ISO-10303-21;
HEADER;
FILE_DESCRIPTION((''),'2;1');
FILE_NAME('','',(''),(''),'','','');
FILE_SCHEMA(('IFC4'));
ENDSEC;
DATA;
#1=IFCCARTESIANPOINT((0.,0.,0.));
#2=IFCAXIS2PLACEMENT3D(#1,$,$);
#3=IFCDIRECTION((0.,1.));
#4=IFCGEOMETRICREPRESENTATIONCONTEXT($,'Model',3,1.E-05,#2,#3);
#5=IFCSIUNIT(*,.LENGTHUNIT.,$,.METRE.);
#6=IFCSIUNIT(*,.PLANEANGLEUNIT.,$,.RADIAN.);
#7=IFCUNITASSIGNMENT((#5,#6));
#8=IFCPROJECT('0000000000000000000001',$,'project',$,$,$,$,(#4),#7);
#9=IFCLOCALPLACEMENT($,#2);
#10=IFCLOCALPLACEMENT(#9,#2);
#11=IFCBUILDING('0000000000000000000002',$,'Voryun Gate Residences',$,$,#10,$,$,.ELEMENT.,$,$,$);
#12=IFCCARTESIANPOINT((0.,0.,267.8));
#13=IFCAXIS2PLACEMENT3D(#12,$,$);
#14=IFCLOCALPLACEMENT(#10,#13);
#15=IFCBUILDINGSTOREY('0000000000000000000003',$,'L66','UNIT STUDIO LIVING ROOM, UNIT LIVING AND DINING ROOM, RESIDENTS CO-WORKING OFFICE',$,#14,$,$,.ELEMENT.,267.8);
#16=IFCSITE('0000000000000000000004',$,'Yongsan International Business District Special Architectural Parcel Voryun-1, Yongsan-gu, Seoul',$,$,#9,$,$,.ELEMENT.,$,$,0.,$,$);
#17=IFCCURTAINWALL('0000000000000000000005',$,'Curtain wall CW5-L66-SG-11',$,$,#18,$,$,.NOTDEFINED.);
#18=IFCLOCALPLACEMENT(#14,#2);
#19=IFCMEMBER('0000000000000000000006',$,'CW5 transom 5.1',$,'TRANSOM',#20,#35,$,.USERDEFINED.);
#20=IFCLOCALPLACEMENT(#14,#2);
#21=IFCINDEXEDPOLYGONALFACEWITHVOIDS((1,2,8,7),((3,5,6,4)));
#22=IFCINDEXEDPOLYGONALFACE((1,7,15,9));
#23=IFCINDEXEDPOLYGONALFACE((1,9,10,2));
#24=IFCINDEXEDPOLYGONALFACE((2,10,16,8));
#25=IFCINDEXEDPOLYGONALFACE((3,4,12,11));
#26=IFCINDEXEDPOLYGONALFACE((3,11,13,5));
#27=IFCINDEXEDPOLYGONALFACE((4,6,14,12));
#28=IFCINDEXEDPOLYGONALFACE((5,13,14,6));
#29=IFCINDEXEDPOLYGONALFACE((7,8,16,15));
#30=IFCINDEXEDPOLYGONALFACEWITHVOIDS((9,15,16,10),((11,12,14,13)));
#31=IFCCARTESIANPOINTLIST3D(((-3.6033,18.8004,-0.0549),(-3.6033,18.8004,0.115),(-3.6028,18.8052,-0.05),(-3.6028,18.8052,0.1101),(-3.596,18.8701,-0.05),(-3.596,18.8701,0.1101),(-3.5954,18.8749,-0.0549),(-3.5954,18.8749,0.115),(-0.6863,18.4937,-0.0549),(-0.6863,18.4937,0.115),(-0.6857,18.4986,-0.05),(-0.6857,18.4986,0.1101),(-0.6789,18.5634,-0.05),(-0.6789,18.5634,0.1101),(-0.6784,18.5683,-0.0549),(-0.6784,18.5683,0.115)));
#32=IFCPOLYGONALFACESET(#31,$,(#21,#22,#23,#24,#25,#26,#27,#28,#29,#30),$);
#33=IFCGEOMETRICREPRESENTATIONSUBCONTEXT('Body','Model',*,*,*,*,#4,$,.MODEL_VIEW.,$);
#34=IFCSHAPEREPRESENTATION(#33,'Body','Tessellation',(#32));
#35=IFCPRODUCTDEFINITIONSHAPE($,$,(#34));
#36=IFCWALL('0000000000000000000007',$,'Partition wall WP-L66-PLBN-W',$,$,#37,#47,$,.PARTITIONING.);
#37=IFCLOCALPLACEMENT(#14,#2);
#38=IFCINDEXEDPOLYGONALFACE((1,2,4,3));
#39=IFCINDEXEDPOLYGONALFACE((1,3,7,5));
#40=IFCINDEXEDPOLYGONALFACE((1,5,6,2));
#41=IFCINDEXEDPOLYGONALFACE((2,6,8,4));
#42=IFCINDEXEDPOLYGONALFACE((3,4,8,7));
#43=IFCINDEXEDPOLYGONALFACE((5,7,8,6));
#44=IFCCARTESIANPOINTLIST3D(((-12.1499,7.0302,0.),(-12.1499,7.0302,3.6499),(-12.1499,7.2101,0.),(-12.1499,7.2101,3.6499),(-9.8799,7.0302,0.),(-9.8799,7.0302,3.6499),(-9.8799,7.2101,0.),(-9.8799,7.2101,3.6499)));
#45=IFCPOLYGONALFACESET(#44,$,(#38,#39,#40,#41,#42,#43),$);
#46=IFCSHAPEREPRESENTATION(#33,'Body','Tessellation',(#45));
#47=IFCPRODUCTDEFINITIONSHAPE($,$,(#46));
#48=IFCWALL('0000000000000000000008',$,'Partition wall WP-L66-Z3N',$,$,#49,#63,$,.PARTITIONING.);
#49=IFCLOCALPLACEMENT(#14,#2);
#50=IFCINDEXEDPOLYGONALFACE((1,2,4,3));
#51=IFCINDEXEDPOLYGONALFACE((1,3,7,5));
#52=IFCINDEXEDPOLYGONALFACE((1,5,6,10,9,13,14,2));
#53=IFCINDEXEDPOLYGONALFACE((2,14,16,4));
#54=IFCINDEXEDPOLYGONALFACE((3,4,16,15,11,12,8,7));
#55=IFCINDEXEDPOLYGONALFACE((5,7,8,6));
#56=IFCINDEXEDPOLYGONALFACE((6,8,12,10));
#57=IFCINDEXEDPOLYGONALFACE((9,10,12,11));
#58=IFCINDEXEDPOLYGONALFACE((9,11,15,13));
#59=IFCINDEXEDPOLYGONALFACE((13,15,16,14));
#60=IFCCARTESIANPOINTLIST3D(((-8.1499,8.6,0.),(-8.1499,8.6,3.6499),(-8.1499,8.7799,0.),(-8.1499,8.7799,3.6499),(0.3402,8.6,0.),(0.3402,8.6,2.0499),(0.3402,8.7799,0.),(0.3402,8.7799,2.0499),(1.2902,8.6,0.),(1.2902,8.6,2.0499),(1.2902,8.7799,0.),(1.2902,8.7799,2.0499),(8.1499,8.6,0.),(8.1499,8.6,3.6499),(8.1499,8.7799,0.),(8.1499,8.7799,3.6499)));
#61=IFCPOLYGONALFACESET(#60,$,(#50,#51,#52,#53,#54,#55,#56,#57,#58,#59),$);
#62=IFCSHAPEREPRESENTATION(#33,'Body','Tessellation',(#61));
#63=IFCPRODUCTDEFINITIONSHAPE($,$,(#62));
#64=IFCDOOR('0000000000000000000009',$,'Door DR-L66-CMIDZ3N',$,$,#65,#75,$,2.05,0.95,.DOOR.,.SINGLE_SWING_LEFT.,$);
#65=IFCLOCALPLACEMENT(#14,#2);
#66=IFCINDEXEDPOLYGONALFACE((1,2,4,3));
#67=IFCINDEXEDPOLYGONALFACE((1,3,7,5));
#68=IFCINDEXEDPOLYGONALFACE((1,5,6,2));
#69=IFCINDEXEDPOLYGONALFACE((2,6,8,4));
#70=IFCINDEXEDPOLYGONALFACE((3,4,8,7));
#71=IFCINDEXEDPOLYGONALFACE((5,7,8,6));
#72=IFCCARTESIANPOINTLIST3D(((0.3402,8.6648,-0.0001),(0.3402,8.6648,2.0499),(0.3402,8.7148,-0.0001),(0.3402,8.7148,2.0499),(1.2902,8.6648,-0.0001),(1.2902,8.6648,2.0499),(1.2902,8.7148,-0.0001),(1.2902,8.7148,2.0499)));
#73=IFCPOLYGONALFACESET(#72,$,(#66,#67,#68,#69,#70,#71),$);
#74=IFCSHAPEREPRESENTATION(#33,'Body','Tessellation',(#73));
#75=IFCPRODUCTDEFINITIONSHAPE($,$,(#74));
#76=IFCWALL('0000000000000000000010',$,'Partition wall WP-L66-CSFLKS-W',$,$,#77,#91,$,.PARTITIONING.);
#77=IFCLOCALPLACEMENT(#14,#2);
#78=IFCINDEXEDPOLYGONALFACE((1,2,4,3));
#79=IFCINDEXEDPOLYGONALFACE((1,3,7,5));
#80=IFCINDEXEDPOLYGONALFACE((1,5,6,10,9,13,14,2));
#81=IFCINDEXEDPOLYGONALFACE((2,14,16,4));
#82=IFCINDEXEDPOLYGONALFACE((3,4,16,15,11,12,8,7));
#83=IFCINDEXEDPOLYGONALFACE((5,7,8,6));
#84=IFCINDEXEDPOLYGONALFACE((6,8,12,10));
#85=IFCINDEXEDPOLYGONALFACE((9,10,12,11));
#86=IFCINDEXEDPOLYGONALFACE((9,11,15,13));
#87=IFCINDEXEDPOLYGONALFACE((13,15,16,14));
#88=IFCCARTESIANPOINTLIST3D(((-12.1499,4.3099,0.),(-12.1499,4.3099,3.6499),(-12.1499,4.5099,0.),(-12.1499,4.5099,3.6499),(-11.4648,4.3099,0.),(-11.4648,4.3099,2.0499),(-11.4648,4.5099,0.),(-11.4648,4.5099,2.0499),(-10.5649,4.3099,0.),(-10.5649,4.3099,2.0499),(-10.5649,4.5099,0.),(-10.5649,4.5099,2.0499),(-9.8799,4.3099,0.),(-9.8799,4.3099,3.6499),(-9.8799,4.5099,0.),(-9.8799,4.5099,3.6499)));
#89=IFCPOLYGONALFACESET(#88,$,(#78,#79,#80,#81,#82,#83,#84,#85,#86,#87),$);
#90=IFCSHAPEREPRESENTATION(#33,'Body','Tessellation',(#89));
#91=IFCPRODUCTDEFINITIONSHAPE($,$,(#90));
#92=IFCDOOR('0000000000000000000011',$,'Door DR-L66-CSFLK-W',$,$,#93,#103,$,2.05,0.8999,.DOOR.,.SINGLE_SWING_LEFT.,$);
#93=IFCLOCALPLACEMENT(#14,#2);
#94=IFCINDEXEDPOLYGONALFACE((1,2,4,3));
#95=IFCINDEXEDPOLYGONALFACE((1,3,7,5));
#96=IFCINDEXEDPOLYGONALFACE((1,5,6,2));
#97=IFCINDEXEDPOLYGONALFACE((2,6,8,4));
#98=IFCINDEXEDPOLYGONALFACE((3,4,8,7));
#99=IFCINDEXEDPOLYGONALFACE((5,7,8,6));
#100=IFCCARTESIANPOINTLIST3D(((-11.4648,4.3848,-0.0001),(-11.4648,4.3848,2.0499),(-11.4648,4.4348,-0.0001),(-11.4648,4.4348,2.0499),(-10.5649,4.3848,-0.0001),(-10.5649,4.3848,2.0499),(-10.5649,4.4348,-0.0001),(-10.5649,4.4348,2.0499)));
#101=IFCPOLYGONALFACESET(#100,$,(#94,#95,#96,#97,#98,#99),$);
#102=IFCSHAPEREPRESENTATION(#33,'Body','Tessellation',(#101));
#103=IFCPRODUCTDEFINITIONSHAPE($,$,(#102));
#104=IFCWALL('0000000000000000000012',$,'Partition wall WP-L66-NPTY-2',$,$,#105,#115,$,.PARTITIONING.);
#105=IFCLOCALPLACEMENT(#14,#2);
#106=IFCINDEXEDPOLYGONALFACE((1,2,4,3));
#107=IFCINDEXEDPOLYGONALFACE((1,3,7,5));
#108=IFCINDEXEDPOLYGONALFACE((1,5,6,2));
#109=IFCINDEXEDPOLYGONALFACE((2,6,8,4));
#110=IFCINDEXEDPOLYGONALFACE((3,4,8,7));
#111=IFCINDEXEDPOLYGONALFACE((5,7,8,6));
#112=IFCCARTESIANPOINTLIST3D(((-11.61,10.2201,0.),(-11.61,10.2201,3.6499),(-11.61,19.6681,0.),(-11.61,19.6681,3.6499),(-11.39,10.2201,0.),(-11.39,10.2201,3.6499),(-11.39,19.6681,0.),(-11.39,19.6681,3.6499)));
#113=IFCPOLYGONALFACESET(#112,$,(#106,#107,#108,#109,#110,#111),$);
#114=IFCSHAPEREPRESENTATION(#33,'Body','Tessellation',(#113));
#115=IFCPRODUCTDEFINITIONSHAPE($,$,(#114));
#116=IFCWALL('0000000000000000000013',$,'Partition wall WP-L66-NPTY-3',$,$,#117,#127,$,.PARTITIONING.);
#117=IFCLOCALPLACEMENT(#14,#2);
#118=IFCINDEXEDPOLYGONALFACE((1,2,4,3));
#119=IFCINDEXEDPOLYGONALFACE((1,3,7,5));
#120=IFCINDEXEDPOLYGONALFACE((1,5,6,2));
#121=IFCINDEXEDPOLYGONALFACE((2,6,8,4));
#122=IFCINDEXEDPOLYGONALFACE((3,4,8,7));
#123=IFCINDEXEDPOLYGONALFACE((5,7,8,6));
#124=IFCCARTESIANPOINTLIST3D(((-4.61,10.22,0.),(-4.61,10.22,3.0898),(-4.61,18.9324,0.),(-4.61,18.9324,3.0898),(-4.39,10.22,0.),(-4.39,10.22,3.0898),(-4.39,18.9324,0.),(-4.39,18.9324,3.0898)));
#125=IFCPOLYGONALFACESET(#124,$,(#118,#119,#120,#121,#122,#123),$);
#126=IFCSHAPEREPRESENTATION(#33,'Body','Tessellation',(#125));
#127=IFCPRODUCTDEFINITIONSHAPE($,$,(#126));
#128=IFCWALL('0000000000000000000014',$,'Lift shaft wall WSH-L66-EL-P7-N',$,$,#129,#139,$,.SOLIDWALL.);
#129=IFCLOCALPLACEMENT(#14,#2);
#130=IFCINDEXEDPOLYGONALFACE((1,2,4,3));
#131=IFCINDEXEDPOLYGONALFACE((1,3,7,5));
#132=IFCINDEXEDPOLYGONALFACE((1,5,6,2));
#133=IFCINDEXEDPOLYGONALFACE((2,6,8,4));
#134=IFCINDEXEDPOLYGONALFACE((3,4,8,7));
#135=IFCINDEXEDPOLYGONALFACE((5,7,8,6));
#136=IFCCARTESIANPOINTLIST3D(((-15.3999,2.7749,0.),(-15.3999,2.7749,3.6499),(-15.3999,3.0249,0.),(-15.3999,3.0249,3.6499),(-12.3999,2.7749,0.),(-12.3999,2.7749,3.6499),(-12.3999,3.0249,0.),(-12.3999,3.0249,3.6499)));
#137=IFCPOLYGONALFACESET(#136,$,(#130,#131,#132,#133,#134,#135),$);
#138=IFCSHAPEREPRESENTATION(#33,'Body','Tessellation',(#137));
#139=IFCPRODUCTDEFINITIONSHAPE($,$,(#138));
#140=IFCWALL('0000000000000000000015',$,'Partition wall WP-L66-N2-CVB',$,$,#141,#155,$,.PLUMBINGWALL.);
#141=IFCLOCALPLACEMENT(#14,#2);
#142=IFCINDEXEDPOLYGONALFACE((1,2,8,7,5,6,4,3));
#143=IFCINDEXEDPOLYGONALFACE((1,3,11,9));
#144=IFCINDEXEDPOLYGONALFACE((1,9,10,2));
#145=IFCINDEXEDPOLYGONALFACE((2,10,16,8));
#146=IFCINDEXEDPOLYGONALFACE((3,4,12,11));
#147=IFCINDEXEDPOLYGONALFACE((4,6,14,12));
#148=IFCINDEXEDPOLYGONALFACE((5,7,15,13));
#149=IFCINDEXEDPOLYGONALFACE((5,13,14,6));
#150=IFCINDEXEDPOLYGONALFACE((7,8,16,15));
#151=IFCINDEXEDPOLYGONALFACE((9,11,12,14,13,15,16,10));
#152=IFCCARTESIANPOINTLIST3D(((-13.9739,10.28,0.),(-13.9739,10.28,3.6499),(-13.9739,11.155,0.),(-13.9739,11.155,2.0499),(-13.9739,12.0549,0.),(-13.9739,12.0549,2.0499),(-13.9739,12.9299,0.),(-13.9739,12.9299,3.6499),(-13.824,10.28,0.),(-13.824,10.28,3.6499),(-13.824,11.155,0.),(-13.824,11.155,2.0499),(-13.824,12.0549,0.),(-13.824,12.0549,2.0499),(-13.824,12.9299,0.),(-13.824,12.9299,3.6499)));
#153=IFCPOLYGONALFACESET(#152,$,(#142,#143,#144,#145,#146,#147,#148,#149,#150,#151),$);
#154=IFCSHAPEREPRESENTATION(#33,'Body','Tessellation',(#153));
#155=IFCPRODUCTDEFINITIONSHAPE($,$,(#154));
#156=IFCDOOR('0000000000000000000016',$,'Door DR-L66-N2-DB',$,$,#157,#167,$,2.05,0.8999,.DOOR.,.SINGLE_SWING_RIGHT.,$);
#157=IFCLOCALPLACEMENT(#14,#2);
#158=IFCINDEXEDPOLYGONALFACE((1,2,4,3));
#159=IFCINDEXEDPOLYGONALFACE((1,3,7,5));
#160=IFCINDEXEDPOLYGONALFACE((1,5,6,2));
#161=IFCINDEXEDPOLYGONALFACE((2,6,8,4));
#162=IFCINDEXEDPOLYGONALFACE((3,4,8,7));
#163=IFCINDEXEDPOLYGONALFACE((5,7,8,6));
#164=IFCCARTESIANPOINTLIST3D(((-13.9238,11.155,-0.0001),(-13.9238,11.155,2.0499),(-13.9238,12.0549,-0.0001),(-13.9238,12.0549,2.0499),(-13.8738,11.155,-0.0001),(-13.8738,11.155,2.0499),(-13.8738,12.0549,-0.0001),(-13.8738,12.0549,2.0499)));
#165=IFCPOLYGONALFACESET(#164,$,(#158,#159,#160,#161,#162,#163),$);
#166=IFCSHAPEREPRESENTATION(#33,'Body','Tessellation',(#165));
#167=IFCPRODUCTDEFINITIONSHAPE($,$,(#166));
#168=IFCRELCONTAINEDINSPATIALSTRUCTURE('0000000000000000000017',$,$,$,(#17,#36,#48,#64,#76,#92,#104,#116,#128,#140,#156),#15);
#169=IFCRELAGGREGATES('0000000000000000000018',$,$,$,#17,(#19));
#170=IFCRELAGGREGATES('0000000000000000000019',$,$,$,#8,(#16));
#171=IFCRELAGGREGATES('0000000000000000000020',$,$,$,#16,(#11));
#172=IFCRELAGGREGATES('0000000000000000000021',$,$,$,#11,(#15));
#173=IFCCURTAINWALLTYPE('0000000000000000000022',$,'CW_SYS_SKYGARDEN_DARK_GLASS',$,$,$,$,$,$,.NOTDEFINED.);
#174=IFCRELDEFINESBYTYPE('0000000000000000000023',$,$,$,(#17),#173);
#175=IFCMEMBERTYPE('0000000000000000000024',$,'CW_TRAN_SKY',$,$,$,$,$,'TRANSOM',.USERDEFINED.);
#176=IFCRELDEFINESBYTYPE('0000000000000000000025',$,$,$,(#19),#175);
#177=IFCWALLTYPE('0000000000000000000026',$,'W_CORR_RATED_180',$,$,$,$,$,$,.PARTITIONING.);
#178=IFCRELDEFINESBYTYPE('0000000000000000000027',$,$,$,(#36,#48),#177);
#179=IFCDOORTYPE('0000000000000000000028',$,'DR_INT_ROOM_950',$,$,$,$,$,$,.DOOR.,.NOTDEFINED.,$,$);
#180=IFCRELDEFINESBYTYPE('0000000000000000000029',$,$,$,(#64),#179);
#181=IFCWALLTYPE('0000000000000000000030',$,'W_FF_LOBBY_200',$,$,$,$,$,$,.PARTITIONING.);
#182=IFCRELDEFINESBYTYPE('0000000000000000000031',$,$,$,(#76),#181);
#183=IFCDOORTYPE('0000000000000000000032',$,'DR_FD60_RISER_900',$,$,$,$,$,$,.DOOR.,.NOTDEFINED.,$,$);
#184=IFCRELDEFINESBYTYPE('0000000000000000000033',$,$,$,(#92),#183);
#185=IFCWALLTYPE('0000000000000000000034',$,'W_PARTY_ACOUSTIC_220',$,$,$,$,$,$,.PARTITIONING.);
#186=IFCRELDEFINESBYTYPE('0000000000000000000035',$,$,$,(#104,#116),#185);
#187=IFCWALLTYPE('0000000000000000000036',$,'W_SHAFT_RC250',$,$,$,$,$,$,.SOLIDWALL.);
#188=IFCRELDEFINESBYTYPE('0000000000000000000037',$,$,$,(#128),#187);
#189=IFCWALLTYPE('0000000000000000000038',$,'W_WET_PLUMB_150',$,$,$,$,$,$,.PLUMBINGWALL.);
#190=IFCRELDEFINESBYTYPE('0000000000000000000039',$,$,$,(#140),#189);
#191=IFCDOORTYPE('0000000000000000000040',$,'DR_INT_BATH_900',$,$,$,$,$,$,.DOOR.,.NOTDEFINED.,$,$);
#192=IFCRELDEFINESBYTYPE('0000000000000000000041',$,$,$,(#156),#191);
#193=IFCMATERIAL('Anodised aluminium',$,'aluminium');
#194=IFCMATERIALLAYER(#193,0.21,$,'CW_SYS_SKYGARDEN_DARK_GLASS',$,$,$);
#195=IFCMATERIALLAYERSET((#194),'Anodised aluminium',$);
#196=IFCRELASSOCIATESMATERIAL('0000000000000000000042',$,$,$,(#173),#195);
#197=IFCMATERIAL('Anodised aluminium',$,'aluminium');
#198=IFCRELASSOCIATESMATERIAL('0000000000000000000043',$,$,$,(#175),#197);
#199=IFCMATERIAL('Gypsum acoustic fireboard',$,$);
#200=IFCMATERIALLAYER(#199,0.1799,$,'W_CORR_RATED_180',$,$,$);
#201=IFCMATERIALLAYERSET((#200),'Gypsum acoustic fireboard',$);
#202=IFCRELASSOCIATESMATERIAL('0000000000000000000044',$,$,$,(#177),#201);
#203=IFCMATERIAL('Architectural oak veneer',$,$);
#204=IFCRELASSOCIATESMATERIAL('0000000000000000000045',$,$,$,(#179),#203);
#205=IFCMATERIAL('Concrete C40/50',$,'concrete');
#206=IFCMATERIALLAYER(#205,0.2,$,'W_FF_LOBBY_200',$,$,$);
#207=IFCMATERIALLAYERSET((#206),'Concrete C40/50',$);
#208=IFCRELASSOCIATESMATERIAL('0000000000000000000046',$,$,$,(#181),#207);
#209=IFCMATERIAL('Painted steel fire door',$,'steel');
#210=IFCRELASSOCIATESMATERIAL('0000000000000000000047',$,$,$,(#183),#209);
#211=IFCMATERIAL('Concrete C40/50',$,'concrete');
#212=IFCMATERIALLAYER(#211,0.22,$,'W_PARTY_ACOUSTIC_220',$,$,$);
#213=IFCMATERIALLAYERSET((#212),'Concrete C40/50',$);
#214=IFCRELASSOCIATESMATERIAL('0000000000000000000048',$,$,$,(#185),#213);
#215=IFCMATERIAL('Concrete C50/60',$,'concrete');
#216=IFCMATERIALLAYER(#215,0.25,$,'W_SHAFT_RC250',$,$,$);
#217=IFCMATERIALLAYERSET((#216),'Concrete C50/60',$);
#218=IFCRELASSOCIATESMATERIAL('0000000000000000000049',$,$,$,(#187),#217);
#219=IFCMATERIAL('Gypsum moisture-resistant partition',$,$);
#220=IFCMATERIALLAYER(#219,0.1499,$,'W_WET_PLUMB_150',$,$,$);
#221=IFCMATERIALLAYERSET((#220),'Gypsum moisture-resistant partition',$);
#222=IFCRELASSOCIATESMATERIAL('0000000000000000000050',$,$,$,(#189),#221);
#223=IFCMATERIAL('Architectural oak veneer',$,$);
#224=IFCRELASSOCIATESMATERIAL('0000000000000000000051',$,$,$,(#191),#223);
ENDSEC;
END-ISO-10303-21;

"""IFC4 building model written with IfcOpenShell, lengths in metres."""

from ifc_helpers import new_model, si_unit, direction, frame, frame_2d, origin, origin_2d, place, context, subcontext, project, spatial, rectangle, hollow_rectangle, extrude, material, layer, layer_set, material_profile, profile_set, type_object, element, fill, aggregate, save


model = new_model("IFC4")

# Units and contexts
model_context = context("Model", 3, precision=1e-05, world=origin(), true_north=direction((0.0, 1.0)))
body_context = subcontext(model_context, "Body", "Model", "MODEL_VIEW")
ifc_project = project(units=[si_unit("LENGTHUNIT", "METRE"), si_unit("PLANEANGLEUNIT", "RADIAN")], contexts=[model_context])

# Site, building, storey
site_placement = place(None, origin())
site = spatial("IfcSite", under=ifc_project, at=site_placement, Name="Yongsan International Business District Special Architectural Parcel Voryun-1, Yongsan-gu, Seoul", CompositionType="ELEMENT", RefElevation=0.0)
building_placement = place(site_placement, origin())
building = spatial("IfcBuilding", under=site, at=building_placement, Name="Voryun Gate Residences", CompositionType="ELEMENT")
storey_placement = place(building_placement, frame((0.0, 0.0, 267.8)))
storey = spatial("IfcBuildingStorey", under=building, at=storey_placement, Name="L66", Description="UNIT STUDIO LIVING ROOM, UNIT LIVING AND DINING ROOM, RESIDENTS CO-WORKING OFFICE", CompositionType="ELEMENT", Elevation=267.8)

# Curtain wall, member
ifc_material_1 = material(Name="Anodised aluminium", Category="aluminium")
ifc_layer_1 = layer(ifc_material_1, 0.21, Name="CW_SYS_SKYGARDEN_DARK_GLASS")
ifc_layer_set_1 = layer_set([ifc_layer_1], Name="Anodised aluminium")
curtain_wall_type = type_object("IfcCurtainWallType", Name="CW_SYS_SKYGARDEN_DARK_GLASS", PredefinedType="NOTDEFINED", material=ifc_layer_set_1)
curtain_wall_placement = place(storey_placement, origin())
curtain_wall = element("IfcCurtainWall", 1, at=curtain_wall_placement, inside=storey, type_object=curtain_wall_type, Name="Curtain wall CW5-L66-SG-11", PredefinedType="NOTDEFINED")
ifc_material_2 = material(Name="Anodised aluminium", Category="aluminium")
ifc_material_profile_1 = material_profile(ifc_material_2, hollow_rectangle(XDim=0.075, YDim=0.1699, WallThickness=0.0049, at=origin_2d()), Name="ALU-TRAN-170x75x5")
ifc_profile_set_1 = profile_set([ifc_material_profile_1], Name="Anodised aluminium")
member_type = type_object("IfcMemberType", Name="CW_TRAN_SKY", ElementType="TRANSOM", PredefinedType="USERDEFINED", material=ifc_profile_set_1)
member_placement = place(storey_placement, frame((-3.5994, 18.8376, 0.03), z_axis=(0.99452, -0.104546, 0.0), x_axis=(0.104546, 0.99452, 0.0)))
member = element("IfcMember", 2, at=member_placement, type_object=member_type, Name="CW5 transom 5.1", ObjectType="TRANSOM", PredefinedType="USERDEFINED", context=body_context, shape_type="SweptSolid", body=[
    extrude(hollow_rectangle(XDim=0.075, YDim=0.1699, WallThickness=0.0049, at=origin_2d()), origin(), (0.0, 0.0, 1.0), 2.9331),
])
aggregate(curtain_wall, [member])

# Wall
ifc_material_3 = material(Name="Gypsum acoustic fireboard")
ifc_layer_2 = layer(ifc_material_3, 0.1799, Name="W_CORR_RATED_180")
ifc_layer_set_2 = layer_set([ifc_layer_2], Name="Gypsum acoustic fireboard")
wall_type_1 = type_object("IfcWallType", Name="W_CORR_RATED_180", PredefinedType="PARTITIONING", material=ifc_layer_set_2)
wall_1_placement = place(storey_placement, frame((-12.1499, 7.1201, 0.0), z_axis=(0.0, 0.0, 1.0), x_axis=(1.0, 0.0, 0.0)))
element("IfcWall", 3, at=wall_1_placement, inside=storey, type_object=wall_type_1, Name="Partition wall WP-L66-PLBN-W", PredefinedType="PARTITIONING", context=body_context, shape_type="SweptSolid", body=[
    extrude(rectangle(XDim=2.27, YDim=0.1799, at=frame_2d((1.135, 0.0))), origin(), (0.0, 0.0, 1.0), 3.6499),
])

# Walls, openings, doors
wall_2_placement = place(storey_placement, frame((-8.1499, 8.6899, 0.0), z_axis=(0.0, 0.0, 1.0), x_axis=(1.0, 0.0, 0.0)))
wall_2 = element("IfcWall", 4, at=wall_2_placement, inside=storey, type_object=wall_type_1, Name="Partition wall WP-L66-Z3N", PredefinedType="PARTITIONING", context=body_context, shape_type="SweptSolid", body=[
    extrude(rectangle(XDim=16.2998, YDim=0.1799, at=frame_2d((8.1499, 0.0))), origin(), (0.0, 0.0, 1.0), 3.6499),
])
opening_1_placement = place(wall_2_placement, frame((8.49, 0.0, 0.0)))
opening_1 = element("IfcOpeningElement", 5, at=opening_1_placement, cuts=wall_2, PredefinedType="OPENING", context=body_context, shape_type="SweptSolid", body=[
    extrude(rectangle(XDim=0.95, YDim=2.05, at=frame_2d((0.4751, 1.0249))), frame((0.0, 0.0999, 0.0), z_axis=(0.0, -1.0, 0.0), x_axis=(1.0, 0.0, 0.0)), (0.0, 0.0, 1.0), 0.2),
])
ifc_material_4 = material(Name="Architectural oak veneer")
door_type_1 = type_object("IfcDoorType", Name="DR_INT_ROOM_950", OperationType="NOTDEFINED", PredefinedType="DOOR", material=ifc_material_4)
door_1_placement = place(opening_1_placement, origin())
door_1 = element("IfcDoor", 6, at=door_1_placement, inside=storey, type_object=door_type_1, Name="Door DR-L66-CMIDZ3N", OperationType="SINGLE_SWING_LEFT", OverallHeight=2.05, OverallWidth=0.95, PredefinedType="DOOR", context=body_context, shape_type="SweptSolid", body=[
    extrude(rectangle(XDim=0.95, YDim=2.05, at=frame_2d((0.4751, 1.0249))), frame((0.0, 0.0249, 0.0), z_axis=(0.0, -1.0, 0.0), x_axis=(1.0, 0.0, 0.0)), (0.0, 0.0, 1.0), 0.05),
])
fill(opening_1, door_1)
ifc_material_5 = material(Name="Concrete C40/50", Category="concrete")
ifc_layer_3 = layer(ifc_material_5, 0.2, Name="W_FF_LOBBY_200")
ifc_layer_set_3 = layer_set([ifc_layer_3], Name="Concrete C40/50")
wall_type_2 = type_object("IfcWallType", Name="W_FF_LOBBY_200", PredefinedType="PARTITIONING", material=ifc_layer_set_3)
wall_3_placement = place(storey_placement, frame((-12.1499, 4.4099, 0.0), z_axis=(0.0, 0.0, 1.0), x_axis=(1.0, 0.0, 0.0)))
wall_3 = element("IfcWall", 7, at=wall_3_placement, inside=storey, type_object=wall_type_2, Name="Partition wall WP-L66-CSFLKS-W", PredefinedType="PARTITIONING", context=body_context, shape_type="SweptSolid", body=[
    extrude(rectangle(XDim=2.27, YDim=0.2, at=frame_2d((1.135, 0.0))), origin(), (0.0, 0.0, 1.0), 3.6499),
])
opening_2_placement = place(wall_3_placement, frame((0.6851, 0.0, 0.0)))
opening_2 = element("IfcOpeningElement", 8, at=opening_2_placement, cuts=wall_3, PredefinedType="OPENING", context=body_context, shape_type="SweptSolid", body=[
    extrude(rectangle(XDim=0.8999, YDim=2.05, at=frame_2d((0.45, 1.0249))), frame((0.0, 0.1101, 0.0), z_axis=(0.0, -1.0, 0.0), x_axis=(1.0, 0.0, 0.0)), (0.0, 0.0, 1.0), 0.22),
])
ifc_material_6 = material(Name="Painted steel fire door", Category="steel")
door_type_2 = type_object("IfcDoorType", Name="DR_FD60_RISER_900", OperationType="NOTDEFINED", PredefinedType="DOOR", material=ifc_material_6)
door_2_placement = place(opening_2_placement, origin())
door_2 = element("IfcDoor", 9, at=door_2_placement, inside=storey, type_object=door_type_2, Name="Door DR-L66-CSFLK-W", OperationType="SINGLE_SWING_LEFT", OverallHeight=2.05, OverallWidth=0.8999, PredefinedType="DOOR", context=body_context, shape_type="SweptSolid", body=[
    extrude(rectangle(XDim=0.8999, YDim=2.05, at=frame_2d((0.45, 1.0249))), frame((0.0, 0.0249, 0.0), z_axis=(0.0, -1.0, 0.0), x_axis=(1.0, 0.0, 0.0)), (0.0, 0.0, 1.0), 0.05),
])
fill(opening_2, door_2)

# Walls
ifc_material_7 = material(Name="Concrete C40/50", Category="concrete")
ifc_layer_4 = layer(ifc_material_7, 0.22, Name="W_PARTY_ACOUSTIC_220")
ifc_layer_set_4 = layer_set([ifc_layer_4], Name="Concrete C40/50")
wall_type_3 = type_object("IfcWallType", Name="W_PARTY_ACOUSTIC_220", PredefinedType="PARTITIONING", material=ifc_layer_set_4)
wall_4_placement = place(storey_placement, frame((-11.5, 10.22, 0.0), z_axis=(0.0, 0.0, 1.0), x_axis=(0.0, 1.0, 0.0)))
element("IfcWall", 10, at=wall_4_placement, inside=storey, type_object=wall_type_3, Name="Partition wall WP-L66-NPTY-2", PredefinedType="PARTITIONING", context=body_context, shape_type="SweptSolid", body=[
    extrude(rectangle(XDim=9.448, YDim=0.22, at=frame_2d((4.7241, 0.0))), origin(), (0.0, 0.0, 1.0), 3.6499),
])
wall_5_placement = place(storey_placement, frame((-4.5, 10.22, 0.0), z_axis=(0.0, 0.0, 1.0), x_axis=(0.0, 1.0, 0.0)))
element("IfcWall", 11, at=wall_5_placement, inside=storey, type_object=wall_type_3, Name="Partition wall WP-L66-NPTY-3", PredefinedType="PARTITIONING", context=body_context, shape_type="SweptSolid", body=[
    extrude(rectangle(XDim=8.7124, YDim=0.22, at=frame_2d((4.3562, 0.0))), origin(), (0.0, 0.0, 1.0), 3.0898),
])
ifc_material_8 = material(Name="Concrete C50/60", Category="concrete")
ifc_layer_5 = layer(ifc_material_8, 0.25, Name="W_SHAFT_RC250")
ifc_layer_set_5 = layer_set([ifc_layer_5], Name="Concrete C50/60")
wall_type_4 = type_object("IfcWallType", Name="W_SHAFT_RC250", PredefinedType="SOLIDWALL", material=ifc_layer_set_5)
wall_6_placement = place(storey_placement, frame((-12.3999, 2.8999, 0.0), z_axis=(0.0, 0.0, 1.0), x_axis=(-1.0, 0.0, 0.0)))
element("IfcWall", 12, at=wall_6_placement, inside=storey, type_object=wall_type_4, Name="Lift shaft wall WSH-L66-EL-P7-N", PredefinedType="SOLIDWALL", context=body_context, shape_type="SweptSolid", body=[
    extrude(rectangle(XDim=3.0, YDim=0.25, at=frame_2d((1.5, 0.0))), origin(), (0.0, 0.0, 1.0), 3.6499),
])

# Wall, opening, door
ifc_material_9 = material(Name="Gypsum moisture-resistant partition")
ifc_layer_6 = layer(ifc_material_9, 0.1499, Name="W_WET_PLUMB_150")
ifc_layer_set_6 = layer_set([ifc_layer_6], Name="Gypsum moisture-resistant partition")
wall_type_5 = type_object("IfcWallType", Name="W_WET_PLUMB_150", PredefinedType="PLUMBINGWALL", material=ifc_layer_set_6)
wall_7_placement = place(storey_placement, frame((-13.8989, 10.28, 0.0), z_axis=(0.0, 0.0, 1.0), x_axis=(0.0, 1.0, 0.0)))
wall_7 = element("IfcWall", 13, at=wall_7_placement, inside=storey, type_object=wall_type_5, Name="Partition wall WP-L66-N2-CVB", PredefinedType="PLUMBINGWALL", context=body_context, shape_type="SweptSolid", body=[
    extrude(rectangle(XDim=2.6499, YDim=0.1499, at=frame_2d((1.325, 0.0))), origin(), (0.0, 0.0, 1.0), 3.6499),
])
opening_3_placement = place(wall_7_placement, frame((0.875, 0.0, 0.0)))
opening_3 = element("IfcOpeningElement", 14, at=opening_3_placement, cuts=wall_7, PredefinedType="OPENING", context=body_context, shape_type="SweptSolid", body=[
    extrude(rectangle(XDim=0.8999, YDim=2.05, at=frame_2d((0.45, 1.0249))), frame((0.0, 0.085, 0.0), z_axis=(0.0, -1.0, 0.0), x_axis=(1.0, 0.0, 0.0)), (0.0, 0.0, 1.0), 0.1699),
])
ifc_material_10 = material(Name="Architectural oak veneer")
door_type_3 = type_object("IfcDoorType", Name="DR_INT_BATH_900", OperationType="NOTDEFINED", PredefinedType="DOOR", material=ifc_material_10)
door_3_placement = place(opening_3_placement, origin())
door_3 = element("IfcDoor", 15, at=door_3_placement, inside=storey, type_object=door_type_3, Name="Door DR-L66-N2-DB", OperationType="SINGLE_SWING_RIGHT", OverallHeight=2.05, OverallWidth=0.8999, PredefinedType="DOOR", context=body_context, shape_type="SweptSolid", body=[
    extrude(rectangle(XDim=0.8999, YDim=2.05, at=frame_2d((0.45, 1.0249))), frame((0.0, 0.0249, 0.0), z_axis=(0.0, -1.0, 0.0), x_axis=(1.0, 0.0, 0.0)), (0.0, 0.0, 1.0), 0.05),
])
fill(opening_3, door_3)

save(model, "model.ifc")
